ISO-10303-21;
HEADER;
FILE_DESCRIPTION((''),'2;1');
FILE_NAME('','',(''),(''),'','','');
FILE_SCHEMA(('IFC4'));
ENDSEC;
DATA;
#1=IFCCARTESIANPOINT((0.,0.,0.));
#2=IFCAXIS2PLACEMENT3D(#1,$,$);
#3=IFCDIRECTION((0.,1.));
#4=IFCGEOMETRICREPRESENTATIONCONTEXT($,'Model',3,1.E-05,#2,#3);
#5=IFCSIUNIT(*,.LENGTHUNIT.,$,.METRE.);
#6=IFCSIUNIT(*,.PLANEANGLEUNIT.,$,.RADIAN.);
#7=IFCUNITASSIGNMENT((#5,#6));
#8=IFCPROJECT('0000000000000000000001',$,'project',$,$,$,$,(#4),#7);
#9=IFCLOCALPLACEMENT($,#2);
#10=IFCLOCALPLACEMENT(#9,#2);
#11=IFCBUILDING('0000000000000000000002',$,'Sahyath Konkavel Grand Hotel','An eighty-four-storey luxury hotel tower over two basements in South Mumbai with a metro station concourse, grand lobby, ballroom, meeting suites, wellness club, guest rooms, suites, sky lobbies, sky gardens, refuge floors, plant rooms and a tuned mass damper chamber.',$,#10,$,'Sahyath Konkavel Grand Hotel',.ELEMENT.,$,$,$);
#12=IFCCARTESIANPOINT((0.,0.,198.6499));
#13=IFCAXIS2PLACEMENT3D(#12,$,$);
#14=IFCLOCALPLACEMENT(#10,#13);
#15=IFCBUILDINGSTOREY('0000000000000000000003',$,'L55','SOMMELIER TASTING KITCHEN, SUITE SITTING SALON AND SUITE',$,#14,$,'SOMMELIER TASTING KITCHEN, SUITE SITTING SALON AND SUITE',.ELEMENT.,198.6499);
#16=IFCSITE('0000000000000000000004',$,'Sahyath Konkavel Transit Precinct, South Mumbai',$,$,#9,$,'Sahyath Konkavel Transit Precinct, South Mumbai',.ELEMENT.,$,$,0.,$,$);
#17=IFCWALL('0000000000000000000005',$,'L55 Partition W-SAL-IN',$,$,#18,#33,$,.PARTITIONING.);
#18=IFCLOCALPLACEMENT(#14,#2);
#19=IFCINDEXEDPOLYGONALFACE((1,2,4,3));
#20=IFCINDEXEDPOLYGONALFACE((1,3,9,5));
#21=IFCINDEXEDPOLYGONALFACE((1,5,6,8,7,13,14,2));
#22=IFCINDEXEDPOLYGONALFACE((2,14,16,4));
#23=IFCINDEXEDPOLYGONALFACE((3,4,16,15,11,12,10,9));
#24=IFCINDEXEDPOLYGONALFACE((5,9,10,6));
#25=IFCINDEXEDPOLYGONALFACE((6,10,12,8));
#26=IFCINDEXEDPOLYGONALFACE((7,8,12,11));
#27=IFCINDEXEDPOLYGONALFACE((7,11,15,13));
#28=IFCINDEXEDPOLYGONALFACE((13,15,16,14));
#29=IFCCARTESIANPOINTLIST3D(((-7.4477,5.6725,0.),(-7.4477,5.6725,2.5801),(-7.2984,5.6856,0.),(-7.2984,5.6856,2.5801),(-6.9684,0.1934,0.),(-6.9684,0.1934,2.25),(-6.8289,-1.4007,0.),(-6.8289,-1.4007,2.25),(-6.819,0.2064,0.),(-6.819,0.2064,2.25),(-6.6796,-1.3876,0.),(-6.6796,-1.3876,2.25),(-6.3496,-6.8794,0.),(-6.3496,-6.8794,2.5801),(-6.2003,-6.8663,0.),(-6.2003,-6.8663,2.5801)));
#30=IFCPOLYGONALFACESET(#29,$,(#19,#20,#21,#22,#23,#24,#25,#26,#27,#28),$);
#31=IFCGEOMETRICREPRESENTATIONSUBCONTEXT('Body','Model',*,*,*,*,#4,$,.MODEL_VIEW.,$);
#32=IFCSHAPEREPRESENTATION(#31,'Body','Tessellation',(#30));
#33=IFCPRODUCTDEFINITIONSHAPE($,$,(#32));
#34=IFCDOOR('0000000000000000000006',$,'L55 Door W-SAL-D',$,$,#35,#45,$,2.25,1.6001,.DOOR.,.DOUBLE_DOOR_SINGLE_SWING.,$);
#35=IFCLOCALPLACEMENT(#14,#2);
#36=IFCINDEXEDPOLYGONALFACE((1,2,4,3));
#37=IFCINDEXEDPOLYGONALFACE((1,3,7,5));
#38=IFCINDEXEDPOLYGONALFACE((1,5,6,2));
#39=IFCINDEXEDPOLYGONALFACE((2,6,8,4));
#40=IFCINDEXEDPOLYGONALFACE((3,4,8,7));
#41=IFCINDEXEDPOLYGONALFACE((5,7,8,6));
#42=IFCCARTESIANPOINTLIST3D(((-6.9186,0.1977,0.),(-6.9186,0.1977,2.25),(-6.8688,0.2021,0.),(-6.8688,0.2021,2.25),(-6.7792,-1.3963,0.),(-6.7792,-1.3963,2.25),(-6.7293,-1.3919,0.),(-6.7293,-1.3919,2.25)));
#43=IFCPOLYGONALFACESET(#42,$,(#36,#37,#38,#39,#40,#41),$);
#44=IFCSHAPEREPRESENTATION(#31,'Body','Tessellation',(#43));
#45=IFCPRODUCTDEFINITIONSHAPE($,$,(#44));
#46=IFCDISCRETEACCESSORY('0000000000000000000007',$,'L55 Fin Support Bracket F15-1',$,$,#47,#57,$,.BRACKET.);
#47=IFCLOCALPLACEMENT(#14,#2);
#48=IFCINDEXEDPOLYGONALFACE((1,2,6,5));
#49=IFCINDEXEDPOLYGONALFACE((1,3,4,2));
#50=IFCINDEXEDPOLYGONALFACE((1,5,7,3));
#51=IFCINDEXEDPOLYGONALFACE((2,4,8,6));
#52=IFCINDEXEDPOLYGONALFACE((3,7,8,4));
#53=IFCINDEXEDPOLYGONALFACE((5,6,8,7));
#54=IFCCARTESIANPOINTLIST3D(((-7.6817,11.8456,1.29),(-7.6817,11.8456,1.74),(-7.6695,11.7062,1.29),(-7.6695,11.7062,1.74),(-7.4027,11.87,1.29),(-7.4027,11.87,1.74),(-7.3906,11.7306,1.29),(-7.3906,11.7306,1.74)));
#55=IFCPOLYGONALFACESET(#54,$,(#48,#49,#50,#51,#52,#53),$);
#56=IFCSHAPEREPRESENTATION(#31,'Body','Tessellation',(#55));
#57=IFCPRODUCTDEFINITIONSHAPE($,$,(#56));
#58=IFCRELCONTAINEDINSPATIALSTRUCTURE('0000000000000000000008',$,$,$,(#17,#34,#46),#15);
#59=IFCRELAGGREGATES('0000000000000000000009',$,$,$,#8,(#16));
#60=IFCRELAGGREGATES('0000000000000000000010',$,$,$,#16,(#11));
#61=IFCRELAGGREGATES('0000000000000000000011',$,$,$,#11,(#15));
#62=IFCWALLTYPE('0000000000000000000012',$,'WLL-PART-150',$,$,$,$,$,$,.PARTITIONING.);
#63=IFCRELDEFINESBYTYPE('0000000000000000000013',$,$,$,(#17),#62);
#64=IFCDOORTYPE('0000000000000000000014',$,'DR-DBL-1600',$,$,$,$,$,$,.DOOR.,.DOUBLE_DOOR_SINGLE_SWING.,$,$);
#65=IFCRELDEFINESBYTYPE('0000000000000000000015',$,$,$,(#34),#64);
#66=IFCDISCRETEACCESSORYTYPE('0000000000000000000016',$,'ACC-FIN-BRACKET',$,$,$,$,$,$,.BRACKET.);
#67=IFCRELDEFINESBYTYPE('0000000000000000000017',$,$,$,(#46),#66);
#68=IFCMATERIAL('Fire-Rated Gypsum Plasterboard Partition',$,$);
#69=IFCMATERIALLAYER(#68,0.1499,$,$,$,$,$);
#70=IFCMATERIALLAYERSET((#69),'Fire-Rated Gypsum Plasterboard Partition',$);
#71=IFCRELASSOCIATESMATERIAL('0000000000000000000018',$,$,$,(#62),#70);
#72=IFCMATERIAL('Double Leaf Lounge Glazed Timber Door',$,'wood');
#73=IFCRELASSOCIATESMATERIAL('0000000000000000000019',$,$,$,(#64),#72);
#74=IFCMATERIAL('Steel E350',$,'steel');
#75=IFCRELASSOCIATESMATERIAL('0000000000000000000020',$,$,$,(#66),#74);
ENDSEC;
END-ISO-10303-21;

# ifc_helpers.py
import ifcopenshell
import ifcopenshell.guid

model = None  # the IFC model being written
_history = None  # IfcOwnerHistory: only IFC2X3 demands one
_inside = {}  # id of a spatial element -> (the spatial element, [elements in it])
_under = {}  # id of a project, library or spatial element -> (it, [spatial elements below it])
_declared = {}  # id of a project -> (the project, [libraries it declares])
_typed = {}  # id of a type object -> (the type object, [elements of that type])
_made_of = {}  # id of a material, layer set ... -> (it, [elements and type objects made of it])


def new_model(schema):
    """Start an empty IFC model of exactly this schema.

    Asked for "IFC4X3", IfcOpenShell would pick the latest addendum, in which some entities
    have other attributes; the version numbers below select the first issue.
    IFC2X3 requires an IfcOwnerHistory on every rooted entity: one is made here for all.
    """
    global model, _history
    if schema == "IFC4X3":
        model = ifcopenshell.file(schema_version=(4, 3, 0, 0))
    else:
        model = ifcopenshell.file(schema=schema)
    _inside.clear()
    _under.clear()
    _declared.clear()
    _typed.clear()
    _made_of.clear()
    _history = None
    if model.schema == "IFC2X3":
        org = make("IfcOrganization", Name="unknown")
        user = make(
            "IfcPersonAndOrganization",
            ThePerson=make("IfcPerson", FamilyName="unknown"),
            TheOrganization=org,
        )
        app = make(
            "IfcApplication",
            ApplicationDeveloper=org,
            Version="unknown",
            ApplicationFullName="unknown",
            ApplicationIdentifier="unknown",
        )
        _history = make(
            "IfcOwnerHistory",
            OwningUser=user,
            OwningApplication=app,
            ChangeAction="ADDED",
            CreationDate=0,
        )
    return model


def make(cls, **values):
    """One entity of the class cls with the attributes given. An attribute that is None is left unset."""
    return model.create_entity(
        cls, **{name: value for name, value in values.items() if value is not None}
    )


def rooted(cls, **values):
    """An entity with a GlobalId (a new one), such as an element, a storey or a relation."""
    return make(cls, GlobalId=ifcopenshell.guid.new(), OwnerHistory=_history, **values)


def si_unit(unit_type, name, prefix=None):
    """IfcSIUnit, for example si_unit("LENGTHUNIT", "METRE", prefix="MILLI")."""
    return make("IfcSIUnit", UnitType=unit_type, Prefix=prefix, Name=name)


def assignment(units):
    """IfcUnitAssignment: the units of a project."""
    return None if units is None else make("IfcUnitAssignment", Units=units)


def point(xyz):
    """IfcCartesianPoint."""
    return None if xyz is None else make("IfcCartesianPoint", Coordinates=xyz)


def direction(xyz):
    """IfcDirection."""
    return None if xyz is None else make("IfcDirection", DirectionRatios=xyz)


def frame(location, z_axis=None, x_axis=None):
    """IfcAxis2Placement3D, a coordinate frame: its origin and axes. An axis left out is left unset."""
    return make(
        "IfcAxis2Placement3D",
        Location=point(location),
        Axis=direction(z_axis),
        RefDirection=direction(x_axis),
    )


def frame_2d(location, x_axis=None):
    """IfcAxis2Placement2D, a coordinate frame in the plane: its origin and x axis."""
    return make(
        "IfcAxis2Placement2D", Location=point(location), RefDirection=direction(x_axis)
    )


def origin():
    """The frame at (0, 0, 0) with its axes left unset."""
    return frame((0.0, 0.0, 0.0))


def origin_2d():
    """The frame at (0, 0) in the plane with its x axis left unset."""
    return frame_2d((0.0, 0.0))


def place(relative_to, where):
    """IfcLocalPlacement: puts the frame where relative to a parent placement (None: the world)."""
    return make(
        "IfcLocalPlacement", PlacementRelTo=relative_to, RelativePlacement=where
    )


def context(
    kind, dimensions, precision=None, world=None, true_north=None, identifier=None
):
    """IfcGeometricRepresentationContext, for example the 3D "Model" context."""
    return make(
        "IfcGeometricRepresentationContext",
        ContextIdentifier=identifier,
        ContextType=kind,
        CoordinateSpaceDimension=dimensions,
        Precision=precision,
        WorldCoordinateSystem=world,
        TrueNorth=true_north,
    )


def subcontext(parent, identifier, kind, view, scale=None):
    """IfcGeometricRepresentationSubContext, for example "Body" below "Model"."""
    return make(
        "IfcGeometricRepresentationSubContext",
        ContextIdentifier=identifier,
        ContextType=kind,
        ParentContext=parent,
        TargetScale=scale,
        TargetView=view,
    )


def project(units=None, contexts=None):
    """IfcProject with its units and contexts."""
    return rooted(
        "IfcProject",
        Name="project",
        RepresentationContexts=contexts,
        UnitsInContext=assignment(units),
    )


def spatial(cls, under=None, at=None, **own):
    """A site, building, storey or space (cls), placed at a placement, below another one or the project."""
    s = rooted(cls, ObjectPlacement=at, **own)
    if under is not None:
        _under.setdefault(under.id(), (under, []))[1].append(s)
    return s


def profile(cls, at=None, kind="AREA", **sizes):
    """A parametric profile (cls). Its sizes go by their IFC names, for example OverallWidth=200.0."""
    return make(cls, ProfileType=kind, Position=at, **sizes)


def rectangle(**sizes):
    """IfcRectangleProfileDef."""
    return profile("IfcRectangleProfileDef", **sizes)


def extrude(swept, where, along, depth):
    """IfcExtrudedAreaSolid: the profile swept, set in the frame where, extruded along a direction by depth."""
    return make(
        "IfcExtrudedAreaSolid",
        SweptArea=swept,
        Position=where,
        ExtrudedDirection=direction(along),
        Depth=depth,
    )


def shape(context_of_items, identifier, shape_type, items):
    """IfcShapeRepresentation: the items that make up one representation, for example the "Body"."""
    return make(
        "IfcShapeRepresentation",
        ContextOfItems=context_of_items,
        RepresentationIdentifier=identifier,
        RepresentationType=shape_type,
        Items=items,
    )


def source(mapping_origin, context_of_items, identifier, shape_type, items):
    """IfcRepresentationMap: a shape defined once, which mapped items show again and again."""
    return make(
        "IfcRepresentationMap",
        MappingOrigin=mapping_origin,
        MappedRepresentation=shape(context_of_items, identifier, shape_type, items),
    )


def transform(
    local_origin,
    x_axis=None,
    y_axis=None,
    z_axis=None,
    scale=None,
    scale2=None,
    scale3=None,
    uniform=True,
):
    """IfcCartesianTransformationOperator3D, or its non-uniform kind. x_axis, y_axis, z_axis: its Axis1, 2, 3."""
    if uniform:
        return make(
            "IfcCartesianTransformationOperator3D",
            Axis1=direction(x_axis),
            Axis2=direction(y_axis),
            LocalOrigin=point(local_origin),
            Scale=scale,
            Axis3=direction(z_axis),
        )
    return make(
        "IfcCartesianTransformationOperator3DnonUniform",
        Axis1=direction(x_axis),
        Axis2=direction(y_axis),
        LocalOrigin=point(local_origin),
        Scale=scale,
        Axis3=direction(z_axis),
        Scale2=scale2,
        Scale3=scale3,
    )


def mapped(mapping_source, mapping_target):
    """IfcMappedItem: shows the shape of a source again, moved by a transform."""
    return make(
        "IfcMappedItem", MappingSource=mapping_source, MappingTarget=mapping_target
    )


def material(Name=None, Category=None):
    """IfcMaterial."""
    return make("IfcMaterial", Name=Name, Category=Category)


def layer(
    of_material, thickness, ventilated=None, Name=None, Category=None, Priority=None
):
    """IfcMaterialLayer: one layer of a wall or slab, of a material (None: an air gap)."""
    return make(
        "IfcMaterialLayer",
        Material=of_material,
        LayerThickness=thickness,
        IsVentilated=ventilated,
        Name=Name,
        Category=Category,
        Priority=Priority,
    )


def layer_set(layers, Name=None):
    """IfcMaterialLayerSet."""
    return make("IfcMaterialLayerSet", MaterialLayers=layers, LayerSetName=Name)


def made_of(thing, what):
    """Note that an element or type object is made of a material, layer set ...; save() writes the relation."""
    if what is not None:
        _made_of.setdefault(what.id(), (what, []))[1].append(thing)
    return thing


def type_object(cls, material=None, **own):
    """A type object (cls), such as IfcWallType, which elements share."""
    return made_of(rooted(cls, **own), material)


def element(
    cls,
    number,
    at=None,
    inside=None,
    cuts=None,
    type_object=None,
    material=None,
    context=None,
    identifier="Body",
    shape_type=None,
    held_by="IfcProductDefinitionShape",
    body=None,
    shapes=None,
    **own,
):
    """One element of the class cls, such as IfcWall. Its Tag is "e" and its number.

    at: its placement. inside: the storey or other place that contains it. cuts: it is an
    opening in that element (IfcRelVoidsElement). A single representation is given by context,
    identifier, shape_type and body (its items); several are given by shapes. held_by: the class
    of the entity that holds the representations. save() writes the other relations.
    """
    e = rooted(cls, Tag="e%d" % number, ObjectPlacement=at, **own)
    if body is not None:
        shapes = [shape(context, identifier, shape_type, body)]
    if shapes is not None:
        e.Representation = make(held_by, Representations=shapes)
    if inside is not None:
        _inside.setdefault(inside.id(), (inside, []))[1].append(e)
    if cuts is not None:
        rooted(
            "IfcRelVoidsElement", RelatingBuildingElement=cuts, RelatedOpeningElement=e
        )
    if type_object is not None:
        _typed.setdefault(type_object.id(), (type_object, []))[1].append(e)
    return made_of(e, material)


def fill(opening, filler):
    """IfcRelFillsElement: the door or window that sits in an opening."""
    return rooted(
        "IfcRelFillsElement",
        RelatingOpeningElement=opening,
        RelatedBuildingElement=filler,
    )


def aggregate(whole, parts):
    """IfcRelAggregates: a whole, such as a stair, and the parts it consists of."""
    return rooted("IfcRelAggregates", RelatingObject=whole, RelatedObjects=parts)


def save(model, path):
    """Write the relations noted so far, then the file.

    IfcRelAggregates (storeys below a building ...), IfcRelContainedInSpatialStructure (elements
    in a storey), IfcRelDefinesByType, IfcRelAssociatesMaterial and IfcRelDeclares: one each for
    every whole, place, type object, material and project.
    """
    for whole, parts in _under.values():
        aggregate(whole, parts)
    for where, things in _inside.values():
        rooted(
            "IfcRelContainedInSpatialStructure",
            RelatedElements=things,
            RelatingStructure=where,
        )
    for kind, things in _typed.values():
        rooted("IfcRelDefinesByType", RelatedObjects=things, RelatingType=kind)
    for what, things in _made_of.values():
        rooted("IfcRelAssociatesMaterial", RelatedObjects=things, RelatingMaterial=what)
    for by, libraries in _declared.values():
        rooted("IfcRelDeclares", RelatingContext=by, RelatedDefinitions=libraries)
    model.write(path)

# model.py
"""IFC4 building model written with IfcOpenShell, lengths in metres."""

from ifc_helpers import new_model, si_unit, direction, frame, frame_2d, origin, origin_2d, place, context, subcontext, project, spatial, rectangle, extrude, source, transform, mapped, material, layer, layer_set, type_object, element, fill, save


model = new_model("IFC4")

# Units and contexts
model_context = context("Model", 3, precision=1e-05, world=origin(), true_north=direction((0.0, 1.0)))
body_context = subcontext(model_context, "Body", "Model", "MODEL_VIEW")
ifc_project = project(units=[si_unit("LENGTHUNIT", "METRE"), si_unit("PLANEANGLEUNIT", "RADIAN")], contexts=[model_context])

# Site, building, storey
site_placement = place(None, origin())
site = spatial("IfcSite", under=ifc_project, at=site_placement, Name="Sahyath Konkavel Transit Precinct, South Mumbai", LongName="Sahyath Konkavel Transit Precinct, South Mumbai", CompositionType="ELEMENT", RefElevation=0.0)
building_placement = place(site_placement, origin())
building = spatial("IfcBuilding", under=site, at=building_placement, Name="Sahyath Konkavel Grand Hotel", Description="An eighty-four-storey luxury hotel tower over two basements in South Mumbai with a metro station concourse, grand lobby, ballroom, meeting suites, wellness club, guest rooms, suites, sky lobbies, sky gardens, refuge floors, plant rooms and a tuned mass damper chamber.", LongName="Sahyath Konkavel Grand Hotel", CompositionType="ELEMENT")
storey_placement = place(building_placement, frame((0.0, 0.0, 198.6499)))
storey = spatial("IfcBuildingStorey", under=building, at=storey_placement, Name="L55", Description="SOMMELIER TASTING KITCHEN, SUITE SITTING SALON AND SUITE", LongName="SOMMELIER TASTING KITCHEN, SUITE SITTING SALON AND SUITE", CompositionType="ELEMENT", Elevation=198.6499)

# Shared definitions
ifc_material_1 = material(Name="Steel E350", Category="steel")

# Wall, opening, door
ifc_material_2 = material(Name="Fire-Rated Gypsum Plasterboard Partition")
ifc_layer_1 = layer(ifc_material_2, 0.1499)
ifc_layer_set_1 = layer_set([ifc_layer_1], Name="Fire-Rated Gypsum Plasterboard Partition")
wall_type_1 = type_object("IfcWallType", Name="WLL-PART-150", PredefinedType="PARTITIONING", material=ifc_layer_set_1)
wall_1_placement = place(storey_placement, frame((-7.373, 5.679, 0.0), z_axis=(0.0, 0.0, 1.0), x_axis=(0.087155, -0.996195, 0.0)))
wall_1 = element("IfcWall", 1, at=wall_1_placement, inside=storey, type_object=wall_type_1, Name="L55 Partition W-SAL-IN", PredefinedType="PARTITIONING", context=body_context, shape_type="SweptSolid", body=[
    extrude(rectangle(XDim=12.5999, YDim=0.1499, at=frame_2d((6.2998, 0.0))), origin(), (0.0, 0.0, 1.0), 2.5801),
])
opening_1_placement = place(wall_1_placement, frame((5.5, 0.0, 0.0)))
opening_1 = element("IfcOpeningElement", 2, at=opening_1_placement, cuts=wall_1, PredefinedType="OPENING", context=body_context, shape_type="SweptSolid", body=[
    extrude(rectangle(XDim=1.6001, YDim=2.25, at=frame_2d((0.8, 1.125))), frame((0.0, 0.085, 0.0), z_axis=(0.0, -1.0, 0.0), x_axis=(1.0, 0.0, 0.0)), (0.0, 0.0, 1.0), 0.1699),
])
ifc_material_3 = material(Name="Double Leaf Lounge Glazed Timber Door", Category="wood")
door_type_1 = type_object("IfcDoorType", Name="DR-DBL-1600", OperationType="DOUBLE_DOOR_SINGLE_SWING", PredefinedType="DOOR", material=ifc_material_3)
shared_shape_1 = source(origin(), body_context, "Body", "SweptSolid", [
    extrude(rectangle(XDim=1.6001, YDim=0.05, at=origin_2d()), origin(), (0.0, 0.0, 1.0), 2.25),
])
door_1_placement = place(opening_1_placement, frame((0.8, 0.0, 0.0)))
door_1 = element("IfcDoor", 3, at=door_1_placement, inside=storey, type_object=door_type_1, Name="L55 Door W-SAL-D", OperationType="DOUBLE_DOOR_SINGLE_SWING", OverallHeight=2.25, OverallWidth=1.6001, PredefinedType="DOOR", context=body_context, shape_type="MappedRepresentation", body=[
    mapped(shared_shape_1, transform((0.0, 0.0, 0.0), scale=1.0)),
])
fill(opening_1, door_1)

# Discrete accessory
discrete_accessory_type = type_object("IfcDiscreteAccessoryType", Name="ACC-FIN-BRACKET", PredefinedType="BRACKET", material=ifc_material_1)
shared_shape_2 = source(origin(), body_context, "Body", "SweptSolid", [
    extrude(rectangle(XDim=0.28, YDim=0.1399, at=origin_2d()), origin(), (0.0, 0.0, 1.0), 0.45),
])
discrete_accessory_placement = place(storey_placement, frame((-7.5361, 11.7881, 1.29), z_axis=(0.0, 0.0, 1.0), x_axis=(-0.996195, -0.087156, 0.0)))
element("IfcDiscreteAccessory", 4, at=discrete_accessory_placement, inside=storey, type_object=discrete_accessory_type, Name="L55 Fin Support Bracket F15-1", PredefinedType="BRACKET", context=body_context, shape_type="MappedRepresentation", body=[
    mapped(shared_shape_2, transform((0.0, 0.0, 0.0), scale=1.0)),
])

save(model, "model.ifc")
